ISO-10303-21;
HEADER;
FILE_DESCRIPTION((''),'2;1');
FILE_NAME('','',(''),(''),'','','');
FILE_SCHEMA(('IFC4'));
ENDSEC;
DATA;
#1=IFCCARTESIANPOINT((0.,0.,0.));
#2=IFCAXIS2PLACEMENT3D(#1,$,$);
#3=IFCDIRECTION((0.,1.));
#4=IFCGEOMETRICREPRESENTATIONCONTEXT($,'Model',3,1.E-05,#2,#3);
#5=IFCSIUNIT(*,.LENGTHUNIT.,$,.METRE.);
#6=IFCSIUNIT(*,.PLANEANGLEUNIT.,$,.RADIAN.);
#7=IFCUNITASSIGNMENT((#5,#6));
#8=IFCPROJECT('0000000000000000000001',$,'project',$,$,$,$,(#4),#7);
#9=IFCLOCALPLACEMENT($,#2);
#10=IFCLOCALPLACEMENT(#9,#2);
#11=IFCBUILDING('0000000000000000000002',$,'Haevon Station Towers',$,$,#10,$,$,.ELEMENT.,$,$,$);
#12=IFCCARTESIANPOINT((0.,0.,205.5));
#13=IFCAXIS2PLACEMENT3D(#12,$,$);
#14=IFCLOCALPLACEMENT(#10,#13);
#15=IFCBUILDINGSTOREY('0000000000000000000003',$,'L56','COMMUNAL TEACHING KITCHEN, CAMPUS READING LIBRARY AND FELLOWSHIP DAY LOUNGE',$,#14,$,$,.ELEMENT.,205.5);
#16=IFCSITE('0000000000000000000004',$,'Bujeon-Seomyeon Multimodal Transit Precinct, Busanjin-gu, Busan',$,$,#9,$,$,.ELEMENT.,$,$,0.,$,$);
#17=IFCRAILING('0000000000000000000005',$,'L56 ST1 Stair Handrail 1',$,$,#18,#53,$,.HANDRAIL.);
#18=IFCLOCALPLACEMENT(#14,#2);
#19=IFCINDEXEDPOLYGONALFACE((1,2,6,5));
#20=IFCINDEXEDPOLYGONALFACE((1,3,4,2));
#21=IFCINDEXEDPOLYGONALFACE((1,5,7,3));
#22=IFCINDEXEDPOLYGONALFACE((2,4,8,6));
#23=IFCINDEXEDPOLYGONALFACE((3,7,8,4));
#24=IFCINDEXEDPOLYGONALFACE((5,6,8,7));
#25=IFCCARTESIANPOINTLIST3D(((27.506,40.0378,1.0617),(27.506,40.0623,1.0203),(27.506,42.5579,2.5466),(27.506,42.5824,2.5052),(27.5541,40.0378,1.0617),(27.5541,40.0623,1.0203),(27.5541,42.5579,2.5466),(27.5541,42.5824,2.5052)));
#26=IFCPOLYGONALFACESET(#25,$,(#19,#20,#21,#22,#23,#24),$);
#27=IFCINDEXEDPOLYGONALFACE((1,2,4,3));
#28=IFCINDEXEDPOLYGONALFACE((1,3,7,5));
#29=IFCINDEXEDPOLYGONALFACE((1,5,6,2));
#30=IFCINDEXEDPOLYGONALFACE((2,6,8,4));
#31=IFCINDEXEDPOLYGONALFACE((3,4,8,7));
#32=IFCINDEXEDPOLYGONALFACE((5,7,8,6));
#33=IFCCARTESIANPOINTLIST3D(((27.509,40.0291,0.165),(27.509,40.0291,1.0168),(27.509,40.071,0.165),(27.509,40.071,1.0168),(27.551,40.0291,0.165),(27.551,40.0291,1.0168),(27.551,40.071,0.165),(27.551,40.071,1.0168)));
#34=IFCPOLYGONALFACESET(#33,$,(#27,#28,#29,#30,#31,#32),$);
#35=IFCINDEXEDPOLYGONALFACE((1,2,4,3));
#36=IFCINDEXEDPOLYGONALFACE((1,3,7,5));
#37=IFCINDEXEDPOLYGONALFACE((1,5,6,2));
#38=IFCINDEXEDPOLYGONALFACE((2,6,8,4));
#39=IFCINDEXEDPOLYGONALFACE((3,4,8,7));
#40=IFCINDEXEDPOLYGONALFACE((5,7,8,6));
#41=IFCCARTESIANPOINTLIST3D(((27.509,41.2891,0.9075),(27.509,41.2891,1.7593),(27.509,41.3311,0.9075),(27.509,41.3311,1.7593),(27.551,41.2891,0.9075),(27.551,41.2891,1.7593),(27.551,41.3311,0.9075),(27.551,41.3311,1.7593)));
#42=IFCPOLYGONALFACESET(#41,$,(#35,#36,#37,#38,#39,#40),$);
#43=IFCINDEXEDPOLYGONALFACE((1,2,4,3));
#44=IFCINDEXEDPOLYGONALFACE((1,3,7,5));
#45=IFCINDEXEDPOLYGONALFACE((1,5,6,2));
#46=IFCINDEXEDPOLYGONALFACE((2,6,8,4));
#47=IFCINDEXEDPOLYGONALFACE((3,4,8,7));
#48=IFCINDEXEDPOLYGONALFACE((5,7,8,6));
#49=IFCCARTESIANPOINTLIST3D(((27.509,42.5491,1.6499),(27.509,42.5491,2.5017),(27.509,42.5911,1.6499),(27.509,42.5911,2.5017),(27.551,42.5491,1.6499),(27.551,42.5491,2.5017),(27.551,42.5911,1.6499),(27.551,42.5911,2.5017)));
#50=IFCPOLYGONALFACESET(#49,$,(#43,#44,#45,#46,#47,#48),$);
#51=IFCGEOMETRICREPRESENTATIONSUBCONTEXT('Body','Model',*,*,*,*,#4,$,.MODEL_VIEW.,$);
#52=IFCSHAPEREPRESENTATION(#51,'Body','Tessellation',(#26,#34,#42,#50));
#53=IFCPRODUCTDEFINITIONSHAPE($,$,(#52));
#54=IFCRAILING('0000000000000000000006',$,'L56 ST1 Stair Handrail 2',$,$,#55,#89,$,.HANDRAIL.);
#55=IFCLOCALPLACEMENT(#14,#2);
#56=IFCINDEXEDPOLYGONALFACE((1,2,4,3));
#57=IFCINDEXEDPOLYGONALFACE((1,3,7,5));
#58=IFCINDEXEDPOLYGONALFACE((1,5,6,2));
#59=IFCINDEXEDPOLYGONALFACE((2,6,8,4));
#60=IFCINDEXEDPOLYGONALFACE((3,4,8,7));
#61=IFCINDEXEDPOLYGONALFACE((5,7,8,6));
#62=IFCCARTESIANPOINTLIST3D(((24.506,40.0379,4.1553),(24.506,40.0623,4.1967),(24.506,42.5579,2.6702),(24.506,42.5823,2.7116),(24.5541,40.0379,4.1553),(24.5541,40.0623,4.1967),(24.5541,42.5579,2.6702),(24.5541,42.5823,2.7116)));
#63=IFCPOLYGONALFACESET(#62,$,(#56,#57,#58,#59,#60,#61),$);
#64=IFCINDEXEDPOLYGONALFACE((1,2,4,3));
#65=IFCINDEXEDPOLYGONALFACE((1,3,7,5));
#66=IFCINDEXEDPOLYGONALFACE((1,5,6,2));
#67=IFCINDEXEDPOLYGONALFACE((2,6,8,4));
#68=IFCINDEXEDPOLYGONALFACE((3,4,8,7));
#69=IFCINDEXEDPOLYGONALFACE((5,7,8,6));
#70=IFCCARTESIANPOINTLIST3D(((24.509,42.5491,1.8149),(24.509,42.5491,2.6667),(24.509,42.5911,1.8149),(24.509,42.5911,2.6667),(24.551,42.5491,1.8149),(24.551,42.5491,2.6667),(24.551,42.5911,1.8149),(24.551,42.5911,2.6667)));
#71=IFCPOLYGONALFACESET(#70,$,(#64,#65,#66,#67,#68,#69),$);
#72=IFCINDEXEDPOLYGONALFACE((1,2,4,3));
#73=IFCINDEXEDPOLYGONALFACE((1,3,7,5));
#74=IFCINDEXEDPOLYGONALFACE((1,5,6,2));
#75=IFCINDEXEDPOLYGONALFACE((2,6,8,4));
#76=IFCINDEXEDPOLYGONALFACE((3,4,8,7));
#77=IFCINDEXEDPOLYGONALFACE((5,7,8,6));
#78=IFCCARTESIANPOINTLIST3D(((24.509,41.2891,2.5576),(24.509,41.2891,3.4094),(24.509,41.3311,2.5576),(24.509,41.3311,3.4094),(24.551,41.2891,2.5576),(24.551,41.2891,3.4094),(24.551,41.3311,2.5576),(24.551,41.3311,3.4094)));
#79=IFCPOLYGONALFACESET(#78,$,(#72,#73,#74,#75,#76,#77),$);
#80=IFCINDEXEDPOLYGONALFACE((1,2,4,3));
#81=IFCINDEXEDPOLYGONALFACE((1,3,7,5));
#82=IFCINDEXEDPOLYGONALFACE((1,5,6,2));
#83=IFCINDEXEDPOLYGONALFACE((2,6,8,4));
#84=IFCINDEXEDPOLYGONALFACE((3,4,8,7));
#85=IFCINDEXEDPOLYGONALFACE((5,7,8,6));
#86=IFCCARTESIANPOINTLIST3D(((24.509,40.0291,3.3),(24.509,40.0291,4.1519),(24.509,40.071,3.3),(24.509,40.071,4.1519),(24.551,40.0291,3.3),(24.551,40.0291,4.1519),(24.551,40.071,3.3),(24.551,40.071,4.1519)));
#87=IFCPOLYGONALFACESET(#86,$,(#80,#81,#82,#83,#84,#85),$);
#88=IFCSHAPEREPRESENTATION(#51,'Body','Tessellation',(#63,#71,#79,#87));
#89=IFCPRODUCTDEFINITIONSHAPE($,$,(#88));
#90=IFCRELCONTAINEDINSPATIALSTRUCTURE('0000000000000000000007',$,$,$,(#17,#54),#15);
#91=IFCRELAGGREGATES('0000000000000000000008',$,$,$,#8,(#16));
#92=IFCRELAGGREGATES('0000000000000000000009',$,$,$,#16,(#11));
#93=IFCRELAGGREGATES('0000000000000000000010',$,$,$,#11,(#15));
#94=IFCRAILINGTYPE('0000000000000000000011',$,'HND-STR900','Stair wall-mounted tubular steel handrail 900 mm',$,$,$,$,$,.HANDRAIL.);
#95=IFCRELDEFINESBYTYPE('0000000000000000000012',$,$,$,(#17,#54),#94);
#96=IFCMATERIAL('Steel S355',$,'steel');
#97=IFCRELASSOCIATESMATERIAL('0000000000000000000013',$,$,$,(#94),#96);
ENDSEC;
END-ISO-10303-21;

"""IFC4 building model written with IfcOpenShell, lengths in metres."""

from ifc_helpers import new_model, si_unit, direction, frame, origin, origin_2d, place, context, subcontext, project, spatial, rectangle, extrude, material, type_object, element, save


model = new_model("IFC4")

# Units and contexts
model_context = context("Model", 3, precision=1e-05, world=origin(), true_north=direction((0.0, 1.0)))
body_context = subcontext(model_context, "Body", "Model", "MODEL_VIEW")
ifc_project = project(units=[si_unit("LENGTHUNIT", "METRE"), si_unit("PLANEANGLEUNIT", "RADIAN")], contexts=[model_context])

# Site, building, storey
site_placement = place(None, origin())
site = spatial("IfcSite", under=ifc_project, at=site_placement, Name="Bujeon-Seomyeon Multimodal Transit Precinct, Busanjin-gu, Busan", CompositionType="ELEMENT", RefElevation=0.0)
building_placement = place(site_placement, origin())
building = spatial("IfcBuilding", under=site, at=building_placement, Name="Haevon Station Towers", CompositionType="ELEMENT")
storey_placement = place(building_placement, frame((0.0, 0.0, 205.5)))
storey = spatial("IfcBuildingStorey", under=building, at=storey_placement, Name="L56", Description="COMMUNAL TEACHING KITCHEN, CAMPUS READING LIBRARY AND FELLOWSHIP DAY LOUNGE", CompositionType="ELEMENT", Elevation=205.5)

# Shared definitions
ifc_material_1 = material(Name="Steel S355", Category="steel")

# Railings
railing_type_1 = type_object("IfcRailingType", Name="HND-STR900", Description="Stair wall-mounted tubular steel handrail 900 mm", PredefinedType="HANDRAIL", material=ifc_material_1)
railing_1_placement = place(storey_placement, frame((27.53, 40.05, 0.165)))
element("IfcRailing", 1, at=railing_1_placement, inside=storey, type_object=railing_type_1, Name="L56 ST1 Stair Handrail 1", PredefinedType="HANDRAIL", context=body_context, shape_type="SweptSolid", body=[
    extrude(rectangle(XDim=0.0481, YDim=0.0481, at=origin_2d()), frame((0.0, 0.0, 0.876), z_axis=(0.0, 0.861561, 0.507655), x_axis=(-1.0, 0.0, 0.0)), (0.0, 0.0, 1.0), 2.925),
    extrude(rectangle(XDim=0.042, YDim=0.042, at=origin_2d()), origin(), (0.0, 0.0, 1.0), 0.8518),
    extrude(rectangle(XDim=0.042, YDim=0.042, at=origin_2d()), frame((0.0, 1.26, 0.7424)), (0.0, 0.0, 1.0), 0.8518),
    extrude(rectangle(XDim=0.042, YDim=0.042, at=origin_2d()), frame((0.0, 2.52, 1.4849)), (0.0, 0.0, 1.0), 0.8518),
])
railing_2_placement = place(storey_placement, frame((24.53, 42.5701, 1.8149)))
element("IfcRailing", 2, at=railing_2_placement, inside=storey, type_object=railing_type_1, Name="L56 ST1 Stair Handrail 2", PredefinedType="HANDRAIL", context=body_context, shape_type="SweptSolid", body=[
    extrude(rectangle(XDim=0.0481, YDim=0.0481, at=origin_2d()), frame((0.0, 0.0, 0.876), z_axis=(0.0, -0.861524, 0.507717), x_axis=(1.0, 0.0, 0.0)), (0.0, 0.0, 1.0), 2.925),
    extrude(rectangle(XDim=0.042, YDim=0.042, at=origin_2d()), origin(), (0.0, 0.0, 1.0), 0.8518),
    extrude(rectangle(XDim=0.042, YDim=0.042, at=origin_2d()), frame((0.0, -1.26, 0.7427)), (0.0, 0.0, 1.0), 0.8518),
    extrude(rectangle(XDim=0.042, YDim=0.042, at=origin_2d()), frame((0.0, -2.52, 1.4851)), (0.0, 0.0, 1.0), 0.8518),
])

save(model, "model.ifc")
